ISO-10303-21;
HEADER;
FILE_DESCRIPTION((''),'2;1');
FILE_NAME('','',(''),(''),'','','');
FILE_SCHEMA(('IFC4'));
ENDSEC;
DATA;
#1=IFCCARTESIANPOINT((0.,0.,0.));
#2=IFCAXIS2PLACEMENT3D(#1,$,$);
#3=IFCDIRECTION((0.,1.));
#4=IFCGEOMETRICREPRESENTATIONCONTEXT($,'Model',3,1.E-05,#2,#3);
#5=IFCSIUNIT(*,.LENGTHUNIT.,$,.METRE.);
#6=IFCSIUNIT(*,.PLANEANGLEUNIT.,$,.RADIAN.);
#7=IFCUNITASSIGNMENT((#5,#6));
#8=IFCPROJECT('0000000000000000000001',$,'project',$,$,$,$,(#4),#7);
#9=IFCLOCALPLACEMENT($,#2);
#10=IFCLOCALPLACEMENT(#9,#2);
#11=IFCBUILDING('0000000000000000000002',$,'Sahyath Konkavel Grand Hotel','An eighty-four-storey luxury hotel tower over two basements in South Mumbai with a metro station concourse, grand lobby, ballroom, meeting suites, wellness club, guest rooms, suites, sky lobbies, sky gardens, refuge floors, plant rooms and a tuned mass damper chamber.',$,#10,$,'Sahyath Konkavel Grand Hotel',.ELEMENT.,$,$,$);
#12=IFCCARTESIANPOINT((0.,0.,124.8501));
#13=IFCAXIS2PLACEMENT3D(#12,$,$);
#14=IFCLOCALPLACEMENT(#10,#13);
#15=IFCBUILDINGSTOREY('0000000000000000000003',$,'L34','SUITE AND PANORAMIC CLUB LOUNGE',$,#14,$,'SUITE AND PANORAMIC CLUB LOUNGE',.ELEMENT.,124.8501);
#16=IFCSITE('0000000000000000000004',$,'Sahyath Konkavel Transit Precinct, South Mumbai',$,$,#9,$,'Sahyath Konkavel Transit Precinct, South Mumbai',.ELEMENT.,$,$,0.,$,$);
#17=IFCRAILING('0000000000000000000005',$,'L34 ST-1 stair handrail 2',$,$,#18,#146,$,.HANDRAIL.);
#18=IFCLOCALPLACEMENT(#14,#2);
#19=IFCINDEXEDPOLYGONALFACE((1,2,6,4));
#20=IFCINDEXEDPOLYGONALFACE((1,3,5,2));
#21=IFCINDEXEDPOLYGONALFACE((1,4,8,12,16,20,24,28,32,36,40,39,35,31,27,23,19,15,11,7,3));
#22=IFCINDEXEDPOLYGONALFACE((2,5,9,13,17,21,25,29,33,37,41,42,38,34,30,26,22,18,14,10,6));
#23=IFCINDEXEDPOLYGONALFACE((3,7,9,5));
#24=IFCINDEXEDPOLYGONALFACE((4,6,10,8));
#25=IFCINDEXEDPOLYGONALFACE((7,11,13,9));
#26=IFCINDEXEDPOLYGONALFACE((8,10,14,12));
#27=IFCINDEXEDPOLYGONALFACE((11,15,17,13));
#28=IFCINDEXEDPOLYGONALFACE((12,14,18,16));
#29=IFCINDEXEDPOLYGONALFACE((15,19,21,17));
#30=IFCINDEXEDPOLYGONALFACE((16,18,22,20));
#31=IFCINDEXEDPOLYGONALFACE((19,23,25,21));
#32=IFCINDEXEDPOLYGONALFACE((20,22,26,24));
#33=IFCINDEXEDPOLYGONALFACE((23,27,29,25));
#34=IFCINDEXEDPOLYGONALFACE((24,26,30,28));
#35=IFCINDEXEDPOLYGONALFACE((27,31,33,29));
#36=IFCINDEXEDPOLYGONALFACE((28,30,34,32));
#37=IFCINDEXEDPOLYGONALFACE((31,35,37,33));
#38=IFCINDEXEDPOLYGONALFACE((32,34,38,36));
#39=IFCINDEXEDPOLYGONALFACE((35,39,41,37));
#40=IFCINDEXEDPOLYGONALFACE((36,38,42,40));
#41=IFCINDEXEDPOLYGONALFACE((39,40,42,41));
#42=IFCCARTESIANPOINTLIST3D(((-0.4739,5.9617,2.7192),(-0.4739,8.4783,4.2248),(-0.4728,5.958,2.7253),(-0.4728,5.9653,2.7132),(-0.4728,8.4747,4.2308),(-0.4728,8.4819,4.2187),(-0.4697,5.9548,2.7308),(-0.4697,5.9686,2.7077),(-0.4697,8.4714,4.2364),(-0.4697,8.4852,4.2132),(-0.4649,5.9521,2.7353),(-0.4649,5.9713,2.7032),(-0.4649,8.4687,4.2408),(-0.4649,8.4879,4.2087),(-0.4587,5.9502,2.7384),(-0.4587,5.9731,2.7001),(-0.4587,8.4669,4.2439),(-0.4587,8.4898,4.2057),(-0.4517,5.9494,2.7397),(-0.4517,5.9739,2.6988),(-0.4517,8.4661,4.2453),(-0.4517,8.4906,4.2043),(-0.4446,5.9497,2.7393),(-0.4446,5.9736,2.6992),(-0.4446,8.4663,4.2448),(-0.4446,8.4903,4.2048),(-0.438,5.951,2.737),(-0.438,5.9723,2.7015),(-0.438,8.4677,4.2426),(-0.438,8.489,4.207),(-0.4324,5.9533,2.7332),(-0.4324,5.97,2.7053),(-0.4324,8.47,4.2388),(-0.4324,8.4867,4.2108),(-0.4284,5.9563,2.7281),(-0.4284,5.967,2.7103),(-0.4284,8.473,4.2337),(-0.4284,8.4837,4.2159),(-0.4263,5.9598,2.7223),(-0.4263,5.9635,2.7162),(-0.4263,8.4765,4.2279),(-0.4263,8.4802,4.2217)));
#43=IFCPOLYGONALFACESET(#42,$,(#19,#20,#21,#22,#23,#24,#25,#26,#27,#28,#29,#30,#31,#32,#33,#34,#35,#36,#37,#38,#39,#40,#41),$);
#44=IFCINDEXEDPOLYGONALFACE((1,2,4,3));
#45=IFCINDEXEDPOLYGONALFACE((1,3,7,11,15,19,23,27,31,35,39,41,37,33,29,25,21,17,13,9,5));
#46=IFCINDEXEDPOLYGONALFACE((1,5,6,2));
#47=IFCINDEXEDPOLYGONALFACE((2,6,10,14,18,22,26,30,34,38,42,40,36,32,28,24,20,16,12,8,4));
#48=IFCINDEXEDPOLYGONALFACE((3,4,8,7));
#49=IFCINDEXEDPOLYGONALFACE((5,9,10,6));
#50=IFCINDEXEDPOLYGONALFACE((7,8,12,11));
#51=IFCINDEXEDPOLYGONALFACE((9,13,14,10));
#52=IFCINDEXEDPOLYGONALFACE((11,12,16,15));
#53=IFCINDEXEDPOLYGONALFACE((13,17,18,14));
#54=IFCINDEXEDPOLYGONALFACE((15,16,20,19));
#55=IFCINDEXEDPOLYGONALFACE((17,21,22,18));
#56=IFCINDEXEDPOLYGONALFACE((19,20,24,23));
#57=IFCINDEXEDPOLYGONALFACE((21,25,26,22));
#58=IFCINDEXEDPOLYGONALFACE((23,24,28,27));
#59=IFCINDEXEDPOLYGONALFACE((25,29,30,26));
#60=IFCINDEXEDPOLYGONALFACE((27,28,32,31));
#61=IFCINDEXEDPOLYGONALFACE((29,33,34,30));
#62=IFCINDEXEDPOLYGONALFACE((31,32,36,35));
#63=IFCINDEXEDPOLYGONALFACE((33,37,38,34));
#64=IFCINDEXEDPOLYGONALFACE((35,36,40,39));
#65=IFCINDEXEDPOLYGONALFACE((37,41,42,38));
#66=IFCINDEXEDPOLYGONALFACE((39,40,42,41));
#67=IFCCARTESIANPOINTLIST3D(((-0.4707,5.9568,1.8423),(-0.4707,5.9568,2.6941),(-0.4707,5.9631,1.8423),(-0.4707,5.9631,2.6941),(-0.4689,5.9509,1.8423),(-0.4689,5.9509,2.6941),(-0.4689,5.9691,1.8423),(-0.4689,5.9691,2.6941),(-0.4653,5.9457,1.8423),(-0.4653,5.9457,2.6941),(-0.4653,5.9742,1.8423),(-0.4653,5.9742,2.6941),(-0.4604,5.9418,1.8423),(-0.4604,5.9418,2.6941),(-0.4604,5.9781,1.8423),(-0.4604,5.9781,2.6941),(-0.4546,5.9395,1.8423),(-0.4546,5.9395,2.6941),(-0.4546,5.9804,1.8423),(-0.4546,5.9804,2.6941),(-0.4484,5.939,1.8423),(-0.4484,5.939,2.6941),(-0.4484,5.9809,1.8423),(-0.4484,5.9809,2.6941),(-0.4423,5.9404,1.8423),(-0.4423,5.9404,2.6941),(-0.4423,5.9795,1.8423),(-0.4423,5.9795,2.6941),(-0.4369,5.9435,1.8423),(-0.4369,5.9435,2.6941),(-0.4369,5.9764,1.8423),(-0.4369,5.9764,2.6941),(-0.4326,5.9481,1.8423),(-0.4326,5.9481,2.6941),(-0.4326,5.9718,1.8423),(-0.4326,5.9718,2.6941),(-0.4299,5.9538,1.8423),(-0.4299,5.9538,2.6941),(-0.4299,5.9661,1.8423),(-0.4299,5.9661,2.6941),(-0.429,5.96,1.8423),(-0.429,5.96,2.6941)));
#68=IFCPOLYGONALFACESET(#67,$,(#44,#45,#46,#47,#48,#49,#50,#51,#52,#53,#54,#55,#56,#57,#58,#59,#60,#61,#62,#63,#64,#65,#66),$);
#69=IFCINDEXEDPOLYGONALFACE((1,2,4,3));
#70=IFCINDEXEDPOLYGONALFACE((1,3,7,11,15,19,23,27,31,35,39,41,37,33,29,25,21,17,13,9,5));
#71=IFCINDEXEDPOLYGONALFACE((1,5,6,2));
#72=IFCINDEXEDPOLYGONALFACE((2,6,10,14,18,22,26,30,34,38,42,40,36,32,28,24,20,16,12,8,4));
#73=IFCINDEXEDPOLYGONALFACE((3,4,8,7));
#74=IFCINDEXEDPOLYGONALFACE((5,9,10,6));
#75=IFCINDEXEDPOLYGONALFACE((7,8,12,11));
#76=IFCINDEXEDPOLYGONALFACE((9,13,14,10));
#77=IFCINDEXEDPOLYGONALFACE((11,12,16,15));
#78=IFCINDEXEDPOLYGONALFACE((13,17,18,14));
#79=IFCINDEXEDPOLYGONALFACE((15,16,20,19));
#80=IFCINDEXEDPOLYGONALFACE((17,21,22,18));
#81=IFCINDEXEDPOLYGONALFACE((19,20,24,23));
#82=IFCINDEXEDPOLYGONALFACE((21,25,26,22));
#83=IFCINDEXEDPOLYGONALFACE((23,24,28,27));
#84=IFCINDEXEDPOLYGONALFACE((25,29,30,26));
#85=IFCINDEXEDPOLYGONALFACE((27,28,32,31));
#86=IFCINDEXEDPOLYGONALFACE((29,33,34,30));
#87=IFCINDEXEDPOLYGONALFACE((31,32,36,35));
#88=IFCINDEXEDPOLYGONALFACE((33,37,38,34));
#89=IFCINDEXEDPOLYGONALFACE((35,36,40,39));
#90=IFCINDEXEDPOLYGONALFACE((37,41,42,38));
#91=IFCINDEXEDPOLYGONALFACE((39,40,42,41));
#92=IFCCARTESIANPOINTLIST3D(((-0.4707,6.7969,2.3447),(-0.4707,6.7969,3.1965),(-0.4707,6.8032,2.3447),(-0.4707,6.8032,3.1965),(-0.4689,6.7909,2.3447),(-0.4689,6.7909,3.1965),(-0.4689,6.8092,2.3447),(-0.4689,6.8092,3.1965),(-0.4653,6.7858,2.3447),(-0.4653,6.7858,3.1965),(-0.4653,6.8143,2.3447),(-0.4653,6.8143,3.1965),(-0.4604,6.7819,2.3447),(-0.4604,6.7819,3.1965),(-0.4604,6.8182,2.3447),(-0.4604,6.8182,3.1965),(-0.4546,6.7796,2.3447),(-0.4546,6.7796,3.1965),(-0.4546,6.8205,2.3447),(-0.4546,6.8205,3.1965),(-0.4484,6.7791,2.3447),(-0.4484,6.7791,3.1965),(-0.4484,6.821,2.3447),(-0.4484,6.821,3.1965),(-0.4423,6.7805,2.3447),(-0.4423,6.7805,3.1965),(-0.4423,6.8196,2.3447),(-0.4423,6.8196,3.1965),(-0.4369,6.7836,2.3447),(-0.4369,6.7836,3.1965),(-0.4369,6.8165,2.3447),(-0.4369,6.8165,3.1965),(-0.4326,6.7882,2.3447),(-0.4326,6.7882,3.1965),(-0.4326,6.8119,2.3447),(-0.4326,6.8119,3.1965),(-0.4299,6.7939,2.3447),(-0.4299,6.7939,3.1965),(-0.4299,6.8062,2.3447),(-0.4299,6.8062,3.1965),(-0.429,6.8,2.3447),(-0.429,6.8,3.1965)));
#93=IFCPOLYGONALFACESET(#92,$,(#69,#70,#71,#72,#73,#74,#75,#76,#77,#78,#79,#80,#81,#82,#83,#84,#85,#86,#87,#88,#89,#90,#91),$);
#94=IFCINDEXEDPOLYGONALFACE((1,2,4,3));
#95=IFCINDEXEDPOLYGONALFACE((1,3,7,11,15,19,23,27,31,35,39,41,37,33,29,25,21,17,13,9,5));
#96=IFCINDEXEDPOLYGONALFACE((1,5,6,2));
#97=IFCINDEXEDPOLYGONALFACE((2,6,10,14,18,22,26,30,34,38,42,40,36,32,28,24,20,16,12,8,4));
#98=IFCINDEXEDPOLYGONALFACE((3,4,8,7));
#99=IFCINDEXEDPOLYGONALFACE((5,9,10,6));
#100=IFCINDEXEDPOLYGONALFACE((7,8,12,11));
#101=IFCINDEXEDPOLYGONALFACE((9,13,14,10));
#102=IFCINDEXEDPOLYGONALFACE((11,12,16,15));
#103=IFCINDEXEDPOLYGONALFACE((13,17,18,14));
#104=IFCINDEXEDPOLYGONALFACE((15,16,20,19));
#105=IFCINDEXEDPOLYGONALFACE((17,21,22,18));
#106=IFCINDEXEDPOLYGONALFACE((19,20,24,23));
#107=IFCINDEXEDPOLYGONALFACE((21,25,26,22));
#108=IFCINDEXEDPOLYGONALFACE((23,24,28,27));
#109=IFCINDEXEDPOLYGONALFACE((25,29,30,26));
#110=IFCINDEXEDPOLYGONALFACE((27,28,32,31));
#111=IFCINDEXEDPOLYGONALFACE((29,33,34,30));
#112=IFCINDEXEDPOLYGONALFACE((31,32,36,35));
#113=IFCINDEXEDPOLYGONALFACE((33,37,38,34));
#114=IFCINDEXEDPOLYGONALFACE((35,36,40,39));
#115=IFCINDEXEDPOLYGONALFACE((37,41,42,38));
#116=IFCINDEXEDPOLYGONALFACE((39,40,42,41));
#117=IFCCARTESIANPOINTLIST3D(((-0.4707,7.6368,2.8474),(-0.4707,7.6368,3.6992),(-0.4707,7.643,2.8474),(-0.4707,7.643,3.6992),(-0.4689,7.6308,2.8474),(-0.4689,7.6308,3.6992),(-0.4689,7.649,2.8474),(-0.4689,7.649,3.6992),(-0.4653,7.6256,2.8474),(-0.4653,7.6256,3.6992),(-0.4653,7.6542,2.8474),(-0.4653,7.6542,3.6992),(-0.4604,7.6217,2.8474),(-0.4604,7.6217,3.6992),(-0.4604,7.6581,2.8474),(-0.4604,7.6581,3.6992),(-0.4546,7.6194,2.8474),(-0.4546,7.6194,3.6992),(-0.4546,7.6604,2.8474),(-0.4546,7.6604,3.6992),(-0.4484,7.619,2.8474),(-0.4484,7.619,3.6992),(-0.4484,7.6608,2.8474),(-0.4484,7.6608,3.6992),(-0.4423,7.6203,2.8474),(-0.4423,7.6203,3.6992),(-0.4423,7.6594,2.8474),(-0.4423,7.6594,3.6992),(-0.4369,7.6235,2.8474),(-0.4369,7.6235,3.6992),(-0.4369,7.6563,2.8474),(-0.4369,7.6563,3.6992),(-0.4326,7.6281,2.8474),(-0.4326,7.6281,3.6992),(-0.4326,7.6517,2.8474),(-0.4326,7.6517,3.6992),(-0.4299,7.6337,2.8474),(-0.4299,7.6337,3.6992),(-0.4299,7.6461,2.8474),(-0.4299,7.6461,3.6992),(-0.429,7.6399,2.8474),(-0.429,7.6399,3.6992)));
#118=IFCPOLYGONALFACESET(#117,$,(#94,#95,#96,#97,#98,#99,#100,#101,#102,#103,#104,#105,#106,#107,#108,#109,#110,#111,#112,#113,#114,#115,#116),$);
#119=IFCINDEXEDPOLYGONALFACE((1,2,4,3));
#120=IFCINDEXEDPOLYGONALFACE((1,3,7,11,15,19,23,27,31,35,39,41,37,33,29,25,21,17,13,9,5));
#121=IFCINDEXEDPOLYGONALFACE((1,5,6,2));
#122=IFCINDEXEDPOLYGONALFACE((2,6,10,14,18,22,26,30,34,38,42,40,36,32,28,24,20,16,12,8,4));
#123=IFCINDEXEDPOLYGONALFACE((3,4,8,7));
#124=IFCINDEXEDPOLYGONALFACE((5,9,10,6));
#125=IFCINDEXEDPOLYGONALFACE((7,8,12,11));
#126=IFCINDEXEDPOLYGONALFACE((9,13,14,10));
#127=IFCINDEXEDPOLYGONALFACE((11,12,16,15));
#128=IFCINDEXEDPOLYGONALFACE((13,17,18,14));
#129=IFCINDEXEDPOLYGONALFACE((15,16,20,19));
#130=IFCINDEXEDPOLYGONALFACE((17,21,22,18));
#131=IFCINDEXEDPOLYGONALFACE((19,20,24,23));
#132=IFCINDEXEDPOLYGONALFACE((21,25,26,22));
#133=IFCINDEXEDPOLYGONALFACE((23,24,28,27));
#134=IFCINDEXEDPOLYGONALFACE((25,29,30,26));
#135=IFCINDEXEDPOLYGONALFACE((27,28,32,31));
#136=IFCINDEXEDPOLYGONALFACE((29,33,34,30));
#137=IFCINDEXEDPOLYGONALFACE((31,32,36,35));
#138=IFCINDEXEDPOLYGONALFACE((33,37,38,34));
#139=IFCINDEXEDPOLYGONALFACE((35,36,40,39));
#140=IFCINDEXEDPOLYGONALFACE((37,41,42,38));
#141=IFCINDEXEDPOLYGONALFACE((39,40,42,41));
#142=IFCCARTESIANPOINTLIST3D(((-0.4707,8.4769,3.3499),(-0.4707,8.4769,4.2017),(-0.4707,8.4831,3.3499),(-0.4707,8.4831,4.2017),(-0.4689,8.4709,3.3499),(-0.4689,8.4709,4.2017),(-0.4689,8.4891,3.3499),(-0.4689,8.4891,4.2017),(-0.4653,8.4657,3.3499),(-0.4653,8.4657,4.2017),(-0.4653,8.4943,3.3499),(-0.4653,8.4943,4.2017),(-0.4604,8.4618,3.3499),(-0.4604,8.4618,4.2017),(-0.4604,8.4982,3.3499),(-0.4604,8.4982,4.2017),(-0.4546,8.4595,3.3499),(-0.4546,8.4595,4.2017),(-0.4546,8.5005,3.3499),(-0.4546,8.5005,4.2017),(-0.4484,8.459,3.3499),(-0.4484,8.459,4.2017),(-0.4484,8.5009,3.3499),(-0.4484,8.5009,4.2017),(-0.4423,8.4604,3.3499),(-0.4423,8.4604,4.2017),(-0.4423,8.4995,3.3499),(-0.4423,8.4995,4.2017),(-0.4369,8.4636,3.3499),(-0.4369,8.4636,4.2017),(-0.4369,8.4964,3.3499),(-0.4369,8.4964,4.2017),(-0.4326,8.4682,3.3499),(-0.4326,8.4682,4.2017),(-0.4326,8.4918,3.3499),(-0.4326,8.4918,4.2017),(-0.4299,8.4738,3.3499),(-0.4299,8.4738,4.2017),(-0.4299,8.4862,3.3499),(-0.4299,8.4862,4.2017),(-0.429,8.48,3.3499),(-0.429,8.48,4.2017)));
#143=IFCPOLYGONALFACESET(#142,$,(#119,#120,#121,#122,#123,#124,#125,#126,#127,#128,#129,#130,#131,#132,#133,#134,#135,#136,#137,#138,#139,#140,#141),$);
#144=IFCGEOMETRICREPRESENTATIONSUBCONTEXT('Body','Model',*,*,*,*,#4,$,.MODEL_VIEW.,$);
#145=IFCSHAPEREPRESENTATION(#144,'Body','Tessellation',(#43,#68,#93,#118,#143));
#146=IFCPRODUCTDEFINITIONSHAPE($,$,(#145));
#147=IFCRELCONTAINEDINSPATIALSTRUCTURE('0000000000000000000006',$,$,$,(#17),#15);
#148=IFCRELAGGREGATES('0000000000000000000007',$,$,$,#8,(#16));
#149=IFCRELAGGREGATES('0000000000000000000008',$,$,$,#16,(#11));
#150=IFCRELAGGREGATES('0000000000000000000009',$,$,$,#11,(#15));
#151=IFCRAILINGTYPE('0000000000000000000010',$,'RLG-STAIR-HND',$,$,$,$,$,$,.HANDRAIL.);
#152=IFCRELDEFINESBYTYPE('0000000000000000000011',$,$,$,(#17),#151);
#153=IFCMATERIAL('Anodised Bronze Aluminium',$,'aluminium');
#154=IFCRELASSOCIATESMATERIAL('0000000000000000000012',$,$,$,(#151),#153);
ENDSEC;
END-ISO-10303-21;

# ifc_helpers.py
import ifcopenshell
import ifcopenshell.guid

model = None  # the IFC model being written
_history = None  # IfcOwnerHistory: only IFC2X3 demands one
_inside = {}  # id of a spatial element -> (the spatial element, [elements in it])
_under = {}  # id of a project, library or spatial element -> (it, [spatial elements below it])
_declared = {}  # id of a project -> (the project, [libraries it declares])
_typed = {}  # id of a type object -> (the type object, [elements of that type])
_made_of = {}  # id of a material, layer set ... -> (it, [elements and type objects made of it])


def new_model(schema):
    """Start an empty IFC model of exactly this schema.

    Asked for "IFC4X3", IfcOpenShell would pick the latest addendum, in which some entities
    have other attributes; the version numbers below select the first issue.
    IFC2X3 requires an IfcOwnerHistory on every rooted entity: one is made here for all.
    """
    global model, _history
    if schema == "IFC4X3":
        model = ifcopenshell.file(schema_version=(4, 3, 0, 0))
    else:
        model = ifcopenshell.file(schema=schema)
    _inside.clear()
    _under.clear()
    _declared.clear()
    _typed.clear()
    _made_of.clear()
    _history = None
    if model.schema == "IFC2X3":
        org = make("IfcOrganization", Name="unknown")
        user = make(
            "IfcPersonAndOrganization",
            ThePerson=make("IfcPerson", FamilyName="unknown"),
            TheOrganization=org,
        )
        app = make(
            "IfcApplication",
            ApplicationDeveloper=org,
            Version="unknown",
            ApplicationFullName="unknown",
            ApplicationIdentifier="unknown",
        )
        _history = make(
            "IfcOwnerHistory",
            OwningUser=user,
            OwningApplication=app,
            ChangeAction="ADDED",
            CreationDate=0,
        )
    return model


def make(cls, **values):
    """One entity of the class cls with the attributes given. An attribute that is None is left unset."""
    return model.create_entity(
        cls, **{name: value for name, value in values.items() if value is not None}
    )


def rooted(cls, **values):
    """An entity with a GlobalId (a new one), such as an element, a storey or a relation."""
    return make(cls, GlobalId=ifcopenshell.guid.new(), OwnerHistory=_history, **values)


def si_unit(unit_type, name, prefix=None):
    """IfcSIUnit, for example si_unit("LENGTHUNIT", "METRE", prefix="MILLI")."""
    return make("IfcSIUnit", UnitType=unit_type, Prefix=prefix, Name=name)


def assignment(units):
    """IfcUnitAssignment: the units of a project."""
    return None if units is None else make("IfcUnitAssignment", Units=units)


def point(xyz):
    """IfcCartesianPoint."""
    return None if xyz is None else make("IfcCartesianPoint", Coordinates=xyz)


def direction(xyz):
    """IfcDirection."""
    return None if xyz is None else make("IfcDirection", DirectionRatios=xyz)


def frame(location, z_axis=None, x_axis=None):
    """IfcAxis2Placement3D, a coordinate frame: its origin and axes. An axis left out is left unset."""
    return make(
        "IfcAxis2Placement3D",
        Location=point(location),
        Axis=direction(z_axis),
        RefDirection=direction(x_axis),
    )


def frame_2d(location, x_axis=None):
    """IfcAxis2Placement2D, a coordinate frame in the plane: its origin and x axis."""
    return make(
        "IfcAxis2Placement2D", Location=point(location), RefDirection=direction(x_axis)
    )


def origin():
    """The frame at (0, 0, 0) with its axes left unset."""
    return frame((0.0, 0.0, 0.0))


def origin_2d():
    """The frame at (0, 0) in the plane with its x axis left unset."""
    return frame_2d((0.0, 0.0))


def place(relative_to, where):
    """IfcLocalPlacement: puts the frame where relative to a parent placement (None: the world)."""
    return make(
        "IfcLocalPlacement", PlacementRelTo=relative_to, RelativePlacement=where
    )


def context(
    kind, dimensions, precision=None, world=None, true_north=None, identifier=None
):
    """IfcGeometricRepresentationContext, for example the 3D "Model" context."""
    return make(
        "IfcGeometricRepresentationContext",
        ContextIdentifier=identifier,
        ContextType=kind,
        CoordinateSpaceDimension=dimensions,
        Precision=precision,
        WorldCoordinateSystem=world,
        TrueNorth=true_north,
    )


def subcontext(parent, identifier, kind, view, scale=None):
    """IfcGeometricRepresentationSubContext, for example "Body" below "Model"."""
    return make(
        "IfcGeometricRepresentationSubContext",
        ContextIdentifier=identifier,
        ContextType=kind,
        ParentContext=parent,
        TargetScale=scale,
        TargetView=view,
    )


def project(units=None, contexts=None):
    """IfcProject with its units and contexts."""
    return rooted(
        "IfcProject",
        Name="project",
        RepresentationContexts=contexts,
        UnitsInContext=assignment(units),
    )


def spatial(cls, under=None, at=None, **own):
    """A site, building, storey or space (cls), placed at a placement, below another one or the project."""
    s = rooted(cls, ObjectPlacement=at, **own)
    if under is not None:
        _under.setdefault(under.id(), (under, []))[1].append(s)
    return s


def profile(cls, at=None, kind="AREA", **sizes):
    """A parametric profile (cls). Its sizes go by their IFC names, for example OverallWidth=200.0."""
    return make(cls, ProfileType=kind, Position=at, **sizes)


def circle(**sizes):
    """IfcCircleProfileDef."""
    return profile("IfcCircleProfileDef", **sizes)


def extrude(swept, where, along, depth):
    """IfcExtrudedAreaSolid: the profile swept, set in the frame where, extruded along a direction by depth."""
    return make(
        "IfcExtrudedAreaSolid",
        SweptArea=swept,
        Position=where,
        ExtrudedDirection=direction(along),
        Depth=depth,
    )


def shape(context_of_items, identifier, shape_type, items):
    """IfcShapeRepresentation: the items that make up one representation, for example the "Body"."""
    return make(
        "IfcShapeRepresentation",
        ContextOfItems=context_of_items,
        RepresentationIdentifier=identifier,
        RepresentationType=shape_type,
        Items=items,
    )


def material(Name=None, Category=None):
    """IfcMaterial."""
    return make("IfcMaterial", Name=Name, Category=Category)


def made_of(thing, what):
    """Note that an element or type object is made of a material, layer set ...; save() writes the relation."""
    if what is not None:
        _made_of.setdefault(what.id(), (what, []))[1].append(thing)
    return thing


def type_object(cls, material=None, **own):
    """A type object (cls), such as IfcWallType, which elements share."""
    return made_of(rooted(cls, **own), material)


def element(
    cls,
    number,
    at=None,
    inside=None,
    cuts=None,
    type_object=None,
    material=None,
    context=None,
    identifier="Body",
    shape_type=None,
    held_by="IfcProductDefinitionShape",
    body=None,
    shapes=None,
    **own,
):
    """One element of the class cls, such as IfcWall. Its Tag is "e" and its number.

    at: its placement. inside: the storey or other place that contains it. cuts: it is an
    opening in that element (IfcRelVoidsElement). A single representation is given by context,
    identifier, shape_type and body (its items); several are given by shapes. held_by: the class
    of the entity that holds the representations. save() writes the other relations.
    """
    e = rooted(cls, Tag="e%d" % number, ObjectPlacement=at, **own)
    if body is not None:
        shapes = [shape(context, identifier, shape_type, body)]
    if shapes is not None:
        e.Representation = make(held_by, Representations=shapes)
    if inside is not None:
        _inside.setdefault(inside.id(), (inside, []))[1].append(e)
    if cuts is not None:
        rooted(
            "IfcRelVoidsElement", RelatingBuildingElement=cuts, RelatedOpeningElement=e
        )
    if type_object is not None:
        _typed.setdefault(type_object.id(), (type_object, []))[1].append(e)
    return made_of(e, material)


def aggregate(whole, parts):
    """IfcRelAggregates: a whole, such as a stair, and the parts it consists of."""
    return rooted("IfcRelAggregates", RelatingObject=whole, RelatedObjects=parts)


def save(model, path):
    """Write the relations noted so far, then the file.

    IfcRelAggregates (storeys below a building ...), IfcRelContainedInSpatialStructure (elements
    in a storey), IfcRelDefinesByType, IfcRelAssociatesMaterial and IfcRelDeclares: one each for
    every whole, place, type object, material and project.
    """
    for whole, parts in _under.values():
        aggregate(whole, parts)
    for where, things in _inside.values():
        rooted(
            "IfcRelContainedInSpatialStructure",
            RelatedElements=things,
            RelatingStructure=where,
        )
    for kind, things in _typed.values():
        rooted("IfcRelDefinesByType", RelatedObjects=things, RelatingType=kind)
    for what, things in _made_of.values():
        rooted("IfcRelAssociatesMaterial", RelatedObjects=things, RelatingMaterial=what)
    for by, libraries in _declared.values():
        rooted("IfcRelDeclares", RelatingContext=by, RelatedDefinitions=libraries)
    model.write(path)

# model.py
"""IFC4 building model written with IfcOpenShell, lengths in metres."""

from ifc_helpers import new_model, si_unit, direction, frame, origin, origin_2d, place, context, subcontext, project, spatial, circle, extrude, material, type_object, element, save


model = new_model("IFC4")

# Units and contexts
model_context = context("Model", 3, precision=1e-05, world=origin(), true_north=direction((0.0, 1.0)))
body_context = subcontext(model_context, "Body", "Model", "MODEL_VIEW")
ifc_project = project(units=[si_unit("LENGTHUNIT", "METRE"), si_unit("PLANEANGLEUNIT", "RADIAN")], contexts=[model_context])

# Site, building, storey
site_placement = place(None, origin())
site = spatial("IfcSite", under=ifc_project, at=site_placement, Name="Sahyath Konkavel Transit Precinct, South Mumbai", LongName="Sahyath Konkavel Transit Precinct, South Mumbai", CompositionType="ELEMENT", RefElevation=0.0)
building_placement = place(site_placement, origin())
building = spatial("IfcBuilding", under=site, at=building_placement, Name="Sahyath Konkavel Grand Hotel", Description="An eighty-four-storey luxury hotel tower over two basements in South Mumbai with a metro station concourse, grand lobby, ballroom, meeting suites, wellness club, guest rooms, suites, sky lobbies, sky gardens, refuge floors, plant rooms and a tuned mass damper chamber.", LongName="Sahyath Konkavel Grand Hotel", CompositionType="ELEMENT")
storey_placement = place(building_placement, frame((0.0, 0.0, 124.8501)))
storey = spatial("IfcBuildingStorey", under=building, at=storey_placement, Name="L34", Description="SUITE AND PANORAMIC CLUB LOUNGE", LongName="SUITE AND PANORAMIC CLUB LOUNGE", CompositionType="ELEMENT", Elevation=124.8501)

# Shared definitions
ifc_material_1 = material(Name="Anodised Bronze Aluminium", Category="aluminium")

# Railing
railing_type_1 = type_object("IfcRailingType", Name="RLG-STAIR-HND", PredefinedType="HANDRAIL", material=ifc_material_1)
railing_1_placement = place(storey_placement, frame((-0.45, 5.96, 1.8423)))
element("IfcRailing", 1, at=railing_1_placement, inside=storey, type_object=railing_type_1, Name="L34 ST-1 stair handrail 2", PredefinedType="HANDRAIL", context=body_context, shape_type="SweptSolid", body=[
    extrude(circle(Radius=0.0239, at=origin_2d()), frame((0.0, 0.0017, 0.877), z_axis=(0.0, 0.85816, 0.513383), x_axis=(-1.0, 0.0, 0.0)), (0.0, 0.0, 1.0), 2.9326),
    extrude(circle(Radius=0.021, at=origin_2d()), origin(), (0.0, 0.0, 1.0), 0.8518),
    extrude(circle(Radius=0.021, at=origin_2d()), frame((0.0, 0.8401, 0.5024)), (0.0, 0.0, 1.0), 0.8518),
    extrude(circle(Radius=0.021, at=origin_2d()), frame((0.0, 1.6799, 1.0051)), (0.0, 0.0, 1.0), 0.8518),
    extrude(circle(Radius=0.021, at=origin_2d()), frame((0.0, 2.52, 1.5076)), (0.0, 0.0, 1.0), 0.8518),
])

save(model, "model.ifc")
